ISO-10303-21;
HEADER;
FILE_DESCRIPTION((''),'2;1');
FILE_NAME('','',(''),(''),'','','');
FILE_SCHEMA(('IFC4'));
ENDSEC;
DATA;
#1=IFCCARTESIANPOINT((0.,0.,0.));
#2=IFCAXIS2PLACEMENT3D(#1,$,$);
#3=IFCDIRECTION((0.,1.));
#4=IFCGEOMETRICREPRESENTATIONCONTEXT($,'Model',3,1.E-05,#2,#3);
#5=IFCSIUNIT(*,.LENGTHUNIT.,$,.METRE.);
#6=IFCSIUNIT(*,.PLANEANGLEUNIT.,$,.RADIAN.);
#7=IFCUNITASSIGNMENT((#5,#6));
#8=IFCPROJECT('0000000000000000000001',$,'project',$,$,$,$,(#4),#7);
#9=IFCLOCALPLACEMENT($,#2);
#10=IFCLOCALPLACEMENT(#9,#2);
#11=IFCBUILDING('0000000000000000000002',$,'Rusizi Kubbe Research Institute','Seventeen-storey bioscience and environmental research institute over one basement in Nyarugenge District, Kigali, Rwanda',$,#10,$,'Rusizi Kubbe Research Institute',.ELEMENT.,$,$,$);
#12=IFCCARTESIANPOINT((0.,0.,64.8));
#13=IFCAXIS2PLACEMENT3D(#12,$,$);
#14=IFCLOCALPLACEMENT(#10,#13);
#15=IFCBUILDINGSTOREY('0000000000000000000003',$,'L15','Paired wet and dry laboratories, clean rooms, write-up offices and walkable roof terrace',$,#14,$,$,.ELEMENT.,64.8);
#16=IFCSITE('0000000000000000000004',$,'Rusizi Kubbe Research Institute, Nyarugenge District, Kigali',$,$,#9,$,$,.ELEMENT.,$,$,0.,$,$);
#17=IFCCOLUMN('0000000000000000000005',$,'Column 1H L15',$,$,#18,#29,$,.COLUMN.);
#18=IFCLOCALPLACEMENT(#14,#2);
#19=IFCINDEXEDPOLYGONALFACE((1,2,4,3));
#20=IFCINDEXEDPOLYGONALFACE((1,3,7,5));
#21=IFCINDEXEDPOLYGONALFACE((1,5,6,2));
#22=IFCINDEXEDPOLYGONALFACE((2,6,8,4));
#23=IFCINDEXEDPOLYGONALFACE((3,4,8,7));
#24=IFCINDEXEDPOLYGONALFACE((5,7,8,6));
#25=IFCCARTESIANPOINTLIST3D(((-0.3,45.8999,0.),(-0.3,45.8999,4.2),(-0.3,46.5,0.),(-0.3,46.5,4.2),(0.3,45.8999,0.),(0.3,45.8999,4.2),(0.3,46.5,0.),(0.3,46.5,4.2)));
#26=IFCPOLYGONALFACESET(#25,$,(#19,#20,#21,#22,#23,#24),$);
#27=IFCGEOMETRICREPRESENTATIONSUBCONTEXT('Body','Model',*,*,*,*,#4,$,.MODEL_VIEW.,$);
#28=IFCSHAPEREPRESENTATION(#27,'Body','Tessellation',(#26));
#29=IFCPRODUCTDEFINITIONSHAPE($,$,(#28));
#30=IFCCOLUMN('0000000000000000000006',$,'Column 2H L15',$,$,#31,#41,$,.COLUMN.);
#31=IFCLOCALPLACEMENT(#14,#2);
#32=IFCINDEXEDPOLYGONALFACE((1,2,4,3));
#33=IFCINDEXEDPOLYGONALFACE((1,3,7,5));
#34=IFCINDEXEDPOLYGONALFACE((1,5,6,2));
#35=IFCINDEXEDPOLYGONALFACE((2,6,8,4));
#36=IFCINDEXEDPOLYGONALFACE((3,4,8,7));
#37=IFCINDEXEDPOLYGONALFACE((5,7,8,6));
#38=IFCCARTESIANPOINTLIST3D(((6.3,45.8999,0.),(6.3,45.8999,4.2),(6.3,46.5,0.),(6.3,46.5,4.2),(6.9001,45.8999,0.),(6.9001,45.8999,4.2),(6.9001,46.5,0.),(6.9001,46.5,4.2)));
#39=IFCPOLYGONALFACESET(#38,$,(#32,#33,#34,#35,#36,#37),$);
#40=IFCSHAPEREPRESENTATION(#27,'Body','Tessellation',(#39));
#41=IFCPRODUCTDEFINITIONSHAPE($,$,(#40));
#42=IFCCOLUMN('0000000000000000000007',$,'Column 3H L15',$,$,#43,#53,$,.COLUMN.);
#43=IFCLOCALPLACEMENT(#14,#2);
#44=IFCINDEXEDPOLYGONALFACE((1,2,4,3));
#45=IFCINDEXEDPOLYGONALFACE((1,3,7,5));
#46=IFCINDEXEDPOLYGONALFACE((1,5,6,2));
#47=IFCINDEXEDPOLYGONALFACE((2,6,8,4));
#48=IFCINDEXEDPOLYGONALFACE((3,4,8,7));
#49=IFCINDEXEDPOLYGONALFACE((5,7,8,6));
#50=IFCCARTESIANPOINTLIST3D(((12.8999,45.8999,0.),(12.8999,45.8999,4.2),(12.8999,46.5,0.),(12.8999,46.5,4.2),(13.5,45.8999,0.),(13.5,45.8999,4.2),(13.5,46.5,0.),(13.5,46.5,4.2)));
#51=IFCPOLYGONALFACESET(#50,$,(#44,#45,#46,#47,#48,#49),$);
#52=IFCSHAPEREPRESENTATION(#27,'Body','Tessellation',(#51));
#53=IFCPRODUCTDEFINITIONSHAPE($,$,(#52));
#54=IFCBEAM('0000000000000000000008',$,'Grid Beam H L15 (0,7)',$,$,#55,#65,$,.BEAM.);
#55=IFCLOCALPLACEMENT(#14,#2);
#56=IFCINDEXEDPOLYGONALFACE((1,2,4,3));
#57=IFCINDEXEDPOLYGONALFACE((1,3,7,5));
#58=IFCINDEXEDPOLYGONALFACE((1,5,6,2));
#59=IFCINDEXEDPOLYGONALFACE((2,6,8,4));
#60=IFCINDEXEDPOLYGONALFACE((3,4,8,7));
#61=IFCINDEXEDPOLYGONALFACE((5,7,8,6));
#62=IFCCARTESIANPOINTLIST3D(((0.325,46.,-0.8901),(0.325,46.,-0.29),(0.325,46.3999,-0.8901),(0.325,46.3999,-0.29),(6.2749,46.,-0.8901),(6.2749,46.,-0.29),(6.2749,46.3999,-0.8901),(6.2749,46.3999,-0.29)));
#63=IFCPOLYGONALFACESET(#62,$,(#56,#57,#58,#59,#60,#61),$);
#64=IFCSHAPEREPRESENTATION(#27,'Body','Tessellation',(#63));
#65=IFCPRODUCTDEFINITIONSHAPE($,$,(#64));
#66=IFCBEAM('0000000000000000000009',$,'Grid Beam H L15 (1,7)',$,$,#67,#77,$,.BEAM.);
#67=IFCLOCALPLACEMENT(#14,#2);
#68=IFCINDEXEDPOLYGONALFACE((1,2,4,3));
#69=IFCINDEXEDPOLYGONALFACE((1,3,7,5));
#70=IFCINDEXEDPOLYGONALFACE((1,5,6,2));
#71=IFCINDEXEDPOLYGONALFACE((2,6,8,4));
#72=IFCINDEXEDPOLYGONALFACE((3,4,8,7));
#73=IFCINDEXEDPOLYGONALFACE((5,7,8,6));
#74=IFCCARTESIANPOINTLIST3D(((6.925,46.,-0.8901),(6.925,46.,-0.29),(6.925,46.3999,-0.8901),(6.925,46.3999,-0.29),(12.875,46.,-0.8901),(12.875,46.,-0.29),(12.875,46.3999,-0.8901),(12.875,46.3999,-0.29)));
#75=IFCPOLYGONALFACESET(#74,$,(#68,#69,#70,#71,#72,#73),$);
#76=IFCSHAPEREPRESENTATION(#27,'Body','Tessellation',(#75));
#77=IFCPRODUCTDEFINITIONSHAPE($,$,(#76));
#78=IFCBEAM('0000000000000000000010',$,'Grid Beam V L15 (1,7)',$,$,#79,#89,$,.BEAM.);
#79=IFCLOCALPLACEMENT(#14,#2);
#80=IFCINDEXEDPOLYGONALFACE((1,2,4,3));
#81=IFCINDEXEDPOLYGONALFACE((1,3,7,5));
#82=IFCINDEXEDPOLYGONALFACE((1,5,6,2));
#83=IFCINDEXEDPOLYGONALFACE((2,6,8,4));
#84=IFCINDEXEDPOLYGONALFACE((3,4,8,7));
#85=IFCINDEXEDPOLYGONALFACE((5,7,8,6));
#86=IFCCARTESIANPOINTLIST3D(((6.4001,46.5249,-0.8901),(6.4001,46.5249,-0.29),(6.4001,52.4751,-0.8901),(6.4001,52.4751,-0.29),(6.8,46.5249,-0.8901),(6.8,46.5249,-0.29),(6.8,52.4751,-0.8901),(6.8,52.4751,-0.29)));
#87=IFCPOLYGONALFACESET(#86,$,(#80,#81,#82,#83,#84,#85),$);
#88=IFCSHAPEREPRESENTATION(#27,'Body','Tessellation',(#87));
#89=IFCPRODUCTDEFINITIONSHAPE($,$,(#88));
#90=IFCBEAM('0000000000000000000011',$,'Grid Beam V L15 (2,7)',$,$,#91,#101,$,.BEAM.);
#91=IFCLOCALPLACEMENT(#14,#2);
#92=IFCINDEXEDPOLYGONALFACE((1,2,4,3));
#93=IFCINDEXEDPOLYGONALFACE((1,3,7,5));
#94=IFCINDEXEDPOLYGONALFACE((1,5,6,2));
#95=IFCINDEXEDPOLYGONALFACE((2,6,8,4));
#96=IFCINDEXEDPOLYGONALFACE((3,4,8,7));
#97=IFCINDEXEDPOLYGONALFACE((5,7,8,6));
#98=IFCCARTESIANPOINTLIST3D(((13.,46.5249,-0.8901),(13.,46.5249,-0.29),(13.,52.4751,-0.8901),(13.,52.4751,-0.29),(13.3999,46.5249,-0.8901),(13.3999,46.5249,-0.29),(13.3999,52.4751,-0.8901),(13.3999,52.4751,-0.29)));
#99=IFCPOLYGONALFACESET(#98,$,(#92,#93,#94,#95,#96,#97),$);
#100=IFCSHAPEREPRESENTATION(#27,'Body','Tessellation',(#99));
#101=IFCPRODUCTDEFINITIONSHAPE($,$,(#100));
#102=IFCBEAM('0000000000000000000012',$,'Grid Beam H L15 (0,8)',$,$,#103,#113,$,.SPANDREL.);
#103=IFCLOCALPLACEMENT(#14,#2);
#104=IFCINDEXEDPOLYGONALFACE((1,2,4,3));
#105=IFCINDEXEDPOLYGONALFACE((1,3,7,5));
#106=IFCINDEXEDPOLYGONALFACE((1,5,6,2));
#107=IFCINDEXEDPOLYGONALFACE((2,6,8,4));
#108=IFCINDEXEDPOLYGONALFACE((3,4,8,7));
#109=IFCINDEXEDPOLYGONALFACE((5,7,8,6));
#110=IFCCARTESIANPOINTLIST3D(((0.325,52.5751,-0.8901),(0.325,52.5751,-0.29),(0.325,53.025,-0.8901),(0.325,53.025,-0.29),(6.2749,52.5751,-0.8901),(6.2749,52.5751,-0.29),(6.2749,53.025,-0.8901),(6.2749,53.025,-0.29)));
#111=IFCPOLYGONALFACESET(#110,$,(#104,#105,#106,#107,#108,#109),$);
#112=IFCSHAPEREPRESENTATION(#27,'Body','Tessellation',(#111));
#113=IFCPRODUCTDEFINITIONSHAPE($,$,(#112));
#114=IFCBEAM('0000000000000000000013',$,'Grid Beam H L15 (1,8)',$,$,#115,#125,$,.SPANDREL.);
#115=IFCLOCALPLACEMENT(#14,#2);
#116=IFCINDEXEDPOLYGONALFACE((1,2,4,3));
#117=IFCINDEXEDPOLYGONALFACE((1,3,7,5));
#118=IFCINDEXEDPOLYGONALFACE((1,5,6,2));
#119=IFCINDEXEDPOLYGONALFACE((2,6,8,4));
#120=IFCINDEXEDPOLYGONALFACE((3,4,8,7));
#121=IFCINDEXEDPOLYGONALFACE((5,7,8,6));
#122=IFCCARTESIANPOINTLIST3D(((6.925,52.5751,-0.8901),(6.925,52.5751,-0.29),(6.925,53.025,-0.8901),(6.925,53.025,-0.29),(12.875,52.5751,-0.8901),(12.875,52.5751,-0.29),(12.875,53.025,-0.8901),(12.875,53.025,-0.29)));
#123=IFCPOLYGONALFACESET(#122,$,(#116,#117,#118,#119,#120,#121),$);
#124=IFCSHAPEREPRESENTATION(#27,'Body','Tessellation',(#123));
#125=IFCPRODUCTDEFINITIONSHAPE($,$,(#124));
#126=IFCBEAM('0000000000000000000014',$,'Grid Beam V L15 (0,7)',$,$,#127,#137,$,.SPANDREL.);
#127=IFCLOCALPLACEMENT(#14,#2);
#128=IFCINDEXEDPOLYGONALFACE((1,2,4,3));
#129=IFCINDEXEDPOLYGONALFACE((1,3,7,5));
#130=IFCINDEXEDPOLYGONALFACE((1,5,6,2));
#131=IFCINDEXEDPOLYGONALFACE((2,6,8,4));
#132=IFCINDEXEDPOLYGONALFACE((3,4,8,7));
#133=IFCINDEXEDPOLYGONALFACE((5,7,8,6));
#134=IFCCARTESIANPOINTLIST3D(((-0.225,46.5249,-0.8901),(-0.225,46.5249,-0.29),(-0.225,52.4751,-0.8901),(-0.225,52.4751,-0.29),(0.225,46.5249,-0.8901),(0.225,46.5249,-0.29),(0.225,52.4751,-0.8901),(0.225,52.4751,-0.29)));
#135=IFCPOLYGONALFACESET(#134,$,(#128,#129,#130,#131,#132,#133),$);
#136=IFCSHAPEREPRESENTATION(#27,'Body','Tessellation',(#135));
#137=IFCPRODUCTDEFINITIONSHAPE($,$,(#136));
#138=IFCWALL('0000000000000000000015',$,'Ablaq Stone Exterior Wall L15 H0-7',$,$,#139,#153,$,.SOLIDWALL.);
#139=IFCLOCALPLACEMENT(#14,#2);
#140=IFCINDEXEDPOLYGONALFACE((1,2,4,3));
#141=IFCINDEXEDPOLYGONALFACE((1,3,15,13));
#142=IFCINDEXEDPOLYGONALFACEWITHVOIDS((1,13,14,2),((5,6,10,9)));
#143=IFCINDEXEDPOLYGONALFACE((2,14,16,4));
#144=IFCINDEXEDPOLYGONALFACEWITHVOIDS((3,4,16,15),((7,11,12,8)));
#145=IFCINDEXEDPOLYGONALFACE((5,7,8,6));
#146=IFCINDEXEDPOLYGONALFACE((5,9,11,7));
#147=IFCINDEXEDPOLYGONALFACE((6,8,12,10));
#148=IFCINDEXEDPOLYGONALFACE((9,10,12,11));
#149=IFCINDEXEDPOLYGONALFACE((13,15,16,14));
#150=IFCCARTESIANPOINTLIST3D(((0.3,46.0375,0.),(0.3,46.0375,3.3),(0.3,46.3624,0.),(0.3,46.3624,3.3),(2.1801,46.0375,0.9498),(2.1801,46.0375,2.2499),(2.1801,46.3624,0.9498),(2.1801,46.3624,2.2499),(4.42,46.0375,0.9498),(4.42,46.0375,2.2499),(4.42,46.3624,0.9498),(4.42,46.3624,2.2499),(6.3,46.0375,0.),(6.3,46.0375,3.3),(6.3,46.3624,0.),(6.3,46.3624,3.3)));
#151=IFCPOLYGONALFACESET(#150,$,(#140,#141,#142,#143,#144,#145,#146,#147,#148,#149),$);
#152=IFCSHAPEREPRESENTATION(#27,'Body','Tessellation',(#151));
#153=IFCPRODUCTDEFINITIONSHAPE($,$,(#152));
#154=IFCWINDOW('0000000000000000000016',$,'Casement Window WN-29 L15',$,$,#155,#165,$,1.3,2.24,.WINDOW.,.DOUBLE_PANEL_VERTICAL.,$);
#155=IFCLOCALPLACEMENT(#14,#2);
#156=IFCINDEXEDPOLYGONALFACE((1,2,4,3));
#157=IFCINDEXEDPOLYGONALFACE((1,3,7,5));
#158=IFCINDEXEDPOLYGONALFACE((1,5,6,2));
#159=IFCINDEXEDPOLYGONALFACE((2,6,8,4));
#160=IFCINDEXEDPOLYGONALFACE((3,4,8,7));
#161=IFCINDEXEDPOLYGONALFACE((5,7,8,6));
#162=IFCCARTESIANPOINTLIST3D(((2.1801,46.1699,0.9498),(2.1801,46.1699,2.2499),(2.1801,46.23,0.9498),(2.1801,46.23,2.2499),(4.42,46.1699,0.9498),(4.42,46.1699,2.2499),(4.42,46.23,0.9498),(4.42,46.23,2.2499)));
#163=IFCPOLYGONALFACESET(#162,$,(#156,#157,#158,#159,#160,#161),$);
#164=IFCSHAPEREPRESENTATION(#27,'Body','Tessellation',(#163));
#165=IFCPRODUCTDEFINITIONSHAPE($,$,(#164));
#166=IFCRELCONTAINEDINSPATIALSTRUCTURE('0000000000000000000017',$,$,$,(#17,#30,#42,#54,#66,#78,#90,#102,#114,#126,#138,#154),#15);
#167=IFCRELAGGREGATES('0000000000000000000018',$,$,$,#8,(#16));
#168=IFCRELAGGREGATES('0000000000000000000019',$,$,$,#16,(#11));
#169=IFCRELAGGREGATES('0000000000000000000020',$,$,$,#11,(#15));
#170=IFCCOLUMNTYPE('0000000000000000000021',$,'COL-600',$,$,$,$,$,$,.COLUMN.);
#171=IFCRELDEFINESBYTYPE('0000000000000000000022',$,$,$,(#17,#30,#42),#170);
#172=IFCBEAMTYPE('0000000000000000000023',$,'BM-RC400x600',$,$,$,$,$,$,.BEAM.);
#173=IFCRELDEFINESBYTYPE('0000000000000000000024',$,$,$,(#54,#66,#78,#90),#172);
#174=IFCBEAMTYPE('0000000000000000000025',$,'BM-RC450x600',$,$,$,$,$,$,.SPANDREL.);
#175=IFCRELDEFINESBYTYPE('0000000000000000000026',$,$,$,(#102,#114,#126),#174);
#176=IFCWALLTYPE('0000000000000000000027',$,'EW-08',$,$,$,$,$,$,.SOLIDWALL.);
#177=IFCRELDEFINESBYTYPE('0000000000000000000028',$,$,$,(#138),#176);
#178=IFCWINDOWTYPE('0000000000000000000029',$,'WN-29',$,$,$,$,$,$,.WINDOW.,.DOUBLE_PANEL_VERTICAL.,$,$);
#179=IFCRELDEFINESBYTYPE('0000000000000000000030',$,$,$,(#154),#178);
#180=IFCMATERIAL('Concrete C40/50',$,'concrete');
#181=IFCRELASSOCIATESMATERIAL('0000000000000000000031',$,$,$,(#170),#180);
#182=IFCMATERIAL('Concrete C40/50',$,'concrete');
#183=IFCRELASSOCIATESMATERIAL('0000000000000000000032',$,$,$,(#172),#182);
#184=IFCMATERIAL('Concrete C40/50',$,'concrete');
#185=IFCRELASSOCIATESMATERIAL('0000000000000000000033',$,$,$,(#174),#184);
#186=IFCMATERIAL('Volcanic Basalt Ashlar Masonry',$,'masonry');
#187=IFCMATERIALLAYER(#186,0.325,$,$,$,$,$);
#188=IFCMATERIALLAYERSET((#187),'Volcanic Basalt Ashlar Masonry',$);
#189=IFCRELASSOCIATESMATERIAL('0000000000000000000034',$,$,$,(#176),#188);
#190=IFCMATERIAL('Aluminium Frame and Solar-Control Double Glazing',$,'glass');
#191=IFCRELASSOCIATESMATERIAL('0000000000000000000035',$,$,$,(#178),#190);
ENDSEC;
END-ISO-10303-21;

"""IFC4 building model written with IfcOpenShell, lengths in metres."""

from ifc_helpers import new_model, si_unit, direction, frame, frame_2d, origin, origin_2d, place, context, subcontext, project, spatial, rectangle, extrude, material, layer, layer_set, material_profile, profile_set, type_object, element, fill, save


model = new_model("IFC4")

# Units and contexts
model_context = context("Model", 3, precision=1e-05, world=origin(), true_north=direction((0.0, 1.0)))
body_context = subcontext(model_context, "Body", "Model", "MODEL_VIEW")
ifc_project = project(units=[si_unit("LENGTHUNIT", "METRE"), si_unit("PLANEANGLEUNIT", "RADIAN")], contexts=[model_context])

# Site, building, storey
site_placement = place(None, origin())
site = spatial("IfcSite", under=ifc_project, at=site_placement, Name="Rusizi Kubbe Research Institute, Nyarugenge District, Kigali", CompositionType="ELEMENT", RefElevation=0.0)
building_placement = place(site_placement, origin())
building = spatial("IfcBuilding", under=site, at=building_placement, Name="Rusizi Kubbe Research Institute", Description="Seventeen-storey bioscience and environmental research institute over one basement in Nyarugenge District, Kigali, Rwanda", LongName="Rusizi Kubbe Research Institute", CompositionType="ELEMENT")
storey_placement = place(building_placement, frame((0.0, 0.0, 64.8)))
storey = spatial("IfcBuildingStorey", under=building, at=storey_placement, Name="L15", Description="Paired wet and dry laboratories, clean rooms, write-up offices and walkable roof terrace", CompositionType="ELEMENT", Elevation=64.8)

# Columns
ifc_material_1 = material(Name="Concrete C40/50", Category="concrete")
ifc_material_profile_1 = material_profile(ifc_material_1, rectangle(XDim=0.6001, YDim=0.6001, at=origin_2d()), Name="RC600x600")
ifc_profile_set_1 = profile_set([ifc_material_profile_1], Name="Concrete C40/50")
column_type = type_object("IfcColumnType", Name="COL-600", PredefinedType="COLUMN", material=ifc_profile_set_1)
for number, where, z_axis, x_axis, name in (
    (1, (0.0, 46.2, 0.0), (0.0, 0.0, 1.0), (1.0, 0.0, 0.0), "Column 1H L15"),
    (2, (6.6001, 46.2, 0.0), (0.0, 0.0, 1.0), (1.0, 0.0, 0.0), "Column 2H L15"),
    (3, (13.2, 46.2, 0.0), (0.0, 0.0, 1.0), (1.0, 0.0, 0.0), "Column 3H L15"),
):
    element("IfcColumn", number, at=place(storey_placement, frame(where, z_axis=z_axis, x_axis=x_axis)), inside=storey, type_object=column_type, Name=name, PredefinedType="COLUMN", context=body_context, shape_type="SweptSolid", body=[
        extrude(rectangle(XDim=0.6001, YDim=0.6001, at=origin_2d()), origin(), (0.0, 0.0, 1.0), 4.2),
    ])

# Beams
ifc_material_2 = material(Name="Concrete C40/50", Category="concrete")
ifc_material_profile_2 = material_profile(ifc_material_2, rectangle(XDim=0.3999, YDim=0.6001, at=origin_2d()), Name="RC400x600")
ifc_profile_set_2 = profile_set([ifc_material_profile_2], Name="Concrete C40/50")
beam_type_1 = type_object("IfcBeamType", Name="BM-RC400x600", PredefinedType="BEAM", material=ifc_profile_set_2)
for number, where, z_axis, x_axis, name in (
    (4, (0.325, 46.2, -0.5901), (1.0, 0.0, 0.0), (0.0, 1.0, 0.0), "Grid Beam H L15 (0,7)"),
    (5, (6.925, 46.2, -0.5901), (1.0, 0.0, 0.0), (0.0, 1.0, 0.0), "Grid Beam H L15 (1,7)"),
):
    element("IfcBeam", number, at=place(storey_placement, frame(where, z_axis=z_axis, x_axis=x_axis)), inside=storey, type_object=beam_type_1, Name=name, PredefinedType="BEAM", context=body_context, shape_type="SweptSolid", body=[
        extrude(rectangle(XDim=0.3999, YDim=0.6001, at=origin_2d()), origin(), (0.0, 0.0, 1.0), 5.95),
    ])
for number, where, z_axis, x_axis, name in (
    (6, (6.6001, 46.5249, -0.5901), (0.0, 1.0, 0.0), (-1.0, 0.0, 0.0), "Grid Beam V L15 (1,7)"),
    (7, (13.2, 46.5249, -0.5901), (0.0, 1.0, 0.0), (-1.0, 0.0, 0.0), "Grid Beam V L15 (2,7)"),
):
    element("IfcBeam", number, at=place(storey_placement, frame(where, z_axis=z_axis, x_axis=x_axis)), inside=storey, type_object=beam_type_1, Name=name, PredefinedType="BEAM", context=body_context, shape_type="SweptSolid", body=[
        extrude(rectangle(XDim=0.3999, YDim=0.6001, at=origin_2d()), origin(), (0.0, 0.0, 1.0), 5.9502),
    ])
ifc_material_3 = material(Name="Concrete C40/50", Category="concrete")
ifc_material_profile_3 = material_profile(ifc_material_3, rectangle(XDim=0.45, YDim=0.6001, at=origin_2d()), Name="RC450x600")
ifc_profile_set_3 = profile_set([ifc_material_profile_3], Name="Concrete C40/50")
beam_type_2 = type_object("IfcBeamType", Name="BM-RC450x600", PredefinedType="SPANDREL", material=ifc_profile_set_3)
for number, where, z_axis, x_axis, name in (
    (8, (0.325, 52.8, -0.5901), (1.0, 0.0, 0.0), (0.0, 1.0, 0.0), "Grid Beam H L15 (0,8)"),
    (9, (6.925, 52.8, -0.5901), (1.0, 0.0, 0.0), (0.0, 1.0, 0.0), "Grid Beam H L15 (1,8)"),
):
    element("IfcBeam", number, at=place(storey_placement, frame(where, z_axis=z_axis, x_axis=x_axis)), inside=storey, type_object=beam_type_2, Name=name, PredefinedType="SPANDREL", context=body_context, shape_type="SweptSolid", body=[
        extrude(rectangle(XDim=0.45, YDim=0.6001, at=origin_2d()), origin(), (0.0, 0.0, 1.0), 5.95),
    ])
beam_placement = place(storey_placement, frame((0.0, 46.5249, -0.5901), z_axis=(0.0, 1.0, 0.0), x_axis=(-1.0, 0.0, 0.0)))
element("IfcBeam", 10, at=beam_placement, inside=storey, type_object=beam_type_2, Name="Grid Beam V L15 (0,7)", PredefinedType="SPANDREL", context=body_context, shape_type="SweptSolid", body=[
    extrude(rectangle(XDim=0.45, YDim=0.6001, at=origin_2d()), origin(), (0.0, 0.0, 1.0), 5.9502),
])

# Wall, opening, window
ifc_material_4 = material(Name="Volcanic Basalt Ashlar Masonry", Category="masonry")
ifc_layer_1 = layer(ifc_material_4, 0.325)
ifc_layer_set_1 = layer_set([ifc_layer_1], Name="Volcanic Basalt Ashlar Masonry")
wall_type_1 = type_object("IfcWallType", Name="EW-08", PredefinedType="SOLIDWALL", material=ifc_layer_set_1)
wall_1_placement = place(storey_placement, frame((0.3, 46.2, 0.0), z_axis=(0.0, 0.0, 1.0), x_axis=(1.0, 0.0, 0.0)))
wall_1 = element("IfcWall", 11, at=wall_1_placement, inside=storey, type_object=wall_type_1, Name="Ablaq Stone Exterior Wall L15 H0-7", PredefinedType="SOLIDWALL", context=body_context, shape_type="SweptSolid", body=[
    extrude(rectangle(XDim=6.0, YDim=0.325, at=frame_2d((3.0, 0.0))), origin(), (0.0, 0.0, 1.0), 3.3),
])
opening_1_placement = place(wall_1_placement, frame((1.8799, 0.0, 0.95)))
opening_1 = element("IfcOpeningElement", 12, at=opening_1_placement, cuts=wall_1, PredefinedType="OPENING", context=body_context, shape_type="SweptSolid", body=[
    extrude(rectangle(XDim=2.24, YDim=1.3, at=frame_2d((1.1201, 0.6499))), frame((0.0, 0.1724, 0.0), z_axis=(0.0, -1.0, 0.0), x_axis=(1.0, 0.0, 0.0)), (0.0, 0.0, 1.0), 0.345),
])
ifc_material_5 = material(Name="Aluminium Frame and Solar-Control Double Glazing", Category="glass")
window_type = type_object("IfcWindowType", Name="WN-29", PartitioningType="DOUBLE_PANEL_VERTICAL", PredefinedType="WINDOW", material=ifc_material_5)
window_placement = place(opening_1_placement, origin())
window = element("IfcWindow", 13, at=window_placement, inside=storey, type_object=window_type, Name="Casement Window WN-29 L15", OverallHeight=1.3, OverallWidth=2.24, PartitioningType="DOUBLE_PANEL_VERTICAL", PredefinedType="WINDOW", context=body_context, shape_type="SweptSolid", body=[
    extrude(rectangle(XDim=2.24, YDim=1.3, at=frame_2d((1.1201, 0.6499))), frame((0.0, 0.03, 0.0), z_axis=(0.0, -1.0, 0.0), x_axis=(1.0, 0.0, 0.0)), (0.0, 0.0, 1.0), 0.0601),
])
fill(opening_1, window)

save(model, "model.ifc")
